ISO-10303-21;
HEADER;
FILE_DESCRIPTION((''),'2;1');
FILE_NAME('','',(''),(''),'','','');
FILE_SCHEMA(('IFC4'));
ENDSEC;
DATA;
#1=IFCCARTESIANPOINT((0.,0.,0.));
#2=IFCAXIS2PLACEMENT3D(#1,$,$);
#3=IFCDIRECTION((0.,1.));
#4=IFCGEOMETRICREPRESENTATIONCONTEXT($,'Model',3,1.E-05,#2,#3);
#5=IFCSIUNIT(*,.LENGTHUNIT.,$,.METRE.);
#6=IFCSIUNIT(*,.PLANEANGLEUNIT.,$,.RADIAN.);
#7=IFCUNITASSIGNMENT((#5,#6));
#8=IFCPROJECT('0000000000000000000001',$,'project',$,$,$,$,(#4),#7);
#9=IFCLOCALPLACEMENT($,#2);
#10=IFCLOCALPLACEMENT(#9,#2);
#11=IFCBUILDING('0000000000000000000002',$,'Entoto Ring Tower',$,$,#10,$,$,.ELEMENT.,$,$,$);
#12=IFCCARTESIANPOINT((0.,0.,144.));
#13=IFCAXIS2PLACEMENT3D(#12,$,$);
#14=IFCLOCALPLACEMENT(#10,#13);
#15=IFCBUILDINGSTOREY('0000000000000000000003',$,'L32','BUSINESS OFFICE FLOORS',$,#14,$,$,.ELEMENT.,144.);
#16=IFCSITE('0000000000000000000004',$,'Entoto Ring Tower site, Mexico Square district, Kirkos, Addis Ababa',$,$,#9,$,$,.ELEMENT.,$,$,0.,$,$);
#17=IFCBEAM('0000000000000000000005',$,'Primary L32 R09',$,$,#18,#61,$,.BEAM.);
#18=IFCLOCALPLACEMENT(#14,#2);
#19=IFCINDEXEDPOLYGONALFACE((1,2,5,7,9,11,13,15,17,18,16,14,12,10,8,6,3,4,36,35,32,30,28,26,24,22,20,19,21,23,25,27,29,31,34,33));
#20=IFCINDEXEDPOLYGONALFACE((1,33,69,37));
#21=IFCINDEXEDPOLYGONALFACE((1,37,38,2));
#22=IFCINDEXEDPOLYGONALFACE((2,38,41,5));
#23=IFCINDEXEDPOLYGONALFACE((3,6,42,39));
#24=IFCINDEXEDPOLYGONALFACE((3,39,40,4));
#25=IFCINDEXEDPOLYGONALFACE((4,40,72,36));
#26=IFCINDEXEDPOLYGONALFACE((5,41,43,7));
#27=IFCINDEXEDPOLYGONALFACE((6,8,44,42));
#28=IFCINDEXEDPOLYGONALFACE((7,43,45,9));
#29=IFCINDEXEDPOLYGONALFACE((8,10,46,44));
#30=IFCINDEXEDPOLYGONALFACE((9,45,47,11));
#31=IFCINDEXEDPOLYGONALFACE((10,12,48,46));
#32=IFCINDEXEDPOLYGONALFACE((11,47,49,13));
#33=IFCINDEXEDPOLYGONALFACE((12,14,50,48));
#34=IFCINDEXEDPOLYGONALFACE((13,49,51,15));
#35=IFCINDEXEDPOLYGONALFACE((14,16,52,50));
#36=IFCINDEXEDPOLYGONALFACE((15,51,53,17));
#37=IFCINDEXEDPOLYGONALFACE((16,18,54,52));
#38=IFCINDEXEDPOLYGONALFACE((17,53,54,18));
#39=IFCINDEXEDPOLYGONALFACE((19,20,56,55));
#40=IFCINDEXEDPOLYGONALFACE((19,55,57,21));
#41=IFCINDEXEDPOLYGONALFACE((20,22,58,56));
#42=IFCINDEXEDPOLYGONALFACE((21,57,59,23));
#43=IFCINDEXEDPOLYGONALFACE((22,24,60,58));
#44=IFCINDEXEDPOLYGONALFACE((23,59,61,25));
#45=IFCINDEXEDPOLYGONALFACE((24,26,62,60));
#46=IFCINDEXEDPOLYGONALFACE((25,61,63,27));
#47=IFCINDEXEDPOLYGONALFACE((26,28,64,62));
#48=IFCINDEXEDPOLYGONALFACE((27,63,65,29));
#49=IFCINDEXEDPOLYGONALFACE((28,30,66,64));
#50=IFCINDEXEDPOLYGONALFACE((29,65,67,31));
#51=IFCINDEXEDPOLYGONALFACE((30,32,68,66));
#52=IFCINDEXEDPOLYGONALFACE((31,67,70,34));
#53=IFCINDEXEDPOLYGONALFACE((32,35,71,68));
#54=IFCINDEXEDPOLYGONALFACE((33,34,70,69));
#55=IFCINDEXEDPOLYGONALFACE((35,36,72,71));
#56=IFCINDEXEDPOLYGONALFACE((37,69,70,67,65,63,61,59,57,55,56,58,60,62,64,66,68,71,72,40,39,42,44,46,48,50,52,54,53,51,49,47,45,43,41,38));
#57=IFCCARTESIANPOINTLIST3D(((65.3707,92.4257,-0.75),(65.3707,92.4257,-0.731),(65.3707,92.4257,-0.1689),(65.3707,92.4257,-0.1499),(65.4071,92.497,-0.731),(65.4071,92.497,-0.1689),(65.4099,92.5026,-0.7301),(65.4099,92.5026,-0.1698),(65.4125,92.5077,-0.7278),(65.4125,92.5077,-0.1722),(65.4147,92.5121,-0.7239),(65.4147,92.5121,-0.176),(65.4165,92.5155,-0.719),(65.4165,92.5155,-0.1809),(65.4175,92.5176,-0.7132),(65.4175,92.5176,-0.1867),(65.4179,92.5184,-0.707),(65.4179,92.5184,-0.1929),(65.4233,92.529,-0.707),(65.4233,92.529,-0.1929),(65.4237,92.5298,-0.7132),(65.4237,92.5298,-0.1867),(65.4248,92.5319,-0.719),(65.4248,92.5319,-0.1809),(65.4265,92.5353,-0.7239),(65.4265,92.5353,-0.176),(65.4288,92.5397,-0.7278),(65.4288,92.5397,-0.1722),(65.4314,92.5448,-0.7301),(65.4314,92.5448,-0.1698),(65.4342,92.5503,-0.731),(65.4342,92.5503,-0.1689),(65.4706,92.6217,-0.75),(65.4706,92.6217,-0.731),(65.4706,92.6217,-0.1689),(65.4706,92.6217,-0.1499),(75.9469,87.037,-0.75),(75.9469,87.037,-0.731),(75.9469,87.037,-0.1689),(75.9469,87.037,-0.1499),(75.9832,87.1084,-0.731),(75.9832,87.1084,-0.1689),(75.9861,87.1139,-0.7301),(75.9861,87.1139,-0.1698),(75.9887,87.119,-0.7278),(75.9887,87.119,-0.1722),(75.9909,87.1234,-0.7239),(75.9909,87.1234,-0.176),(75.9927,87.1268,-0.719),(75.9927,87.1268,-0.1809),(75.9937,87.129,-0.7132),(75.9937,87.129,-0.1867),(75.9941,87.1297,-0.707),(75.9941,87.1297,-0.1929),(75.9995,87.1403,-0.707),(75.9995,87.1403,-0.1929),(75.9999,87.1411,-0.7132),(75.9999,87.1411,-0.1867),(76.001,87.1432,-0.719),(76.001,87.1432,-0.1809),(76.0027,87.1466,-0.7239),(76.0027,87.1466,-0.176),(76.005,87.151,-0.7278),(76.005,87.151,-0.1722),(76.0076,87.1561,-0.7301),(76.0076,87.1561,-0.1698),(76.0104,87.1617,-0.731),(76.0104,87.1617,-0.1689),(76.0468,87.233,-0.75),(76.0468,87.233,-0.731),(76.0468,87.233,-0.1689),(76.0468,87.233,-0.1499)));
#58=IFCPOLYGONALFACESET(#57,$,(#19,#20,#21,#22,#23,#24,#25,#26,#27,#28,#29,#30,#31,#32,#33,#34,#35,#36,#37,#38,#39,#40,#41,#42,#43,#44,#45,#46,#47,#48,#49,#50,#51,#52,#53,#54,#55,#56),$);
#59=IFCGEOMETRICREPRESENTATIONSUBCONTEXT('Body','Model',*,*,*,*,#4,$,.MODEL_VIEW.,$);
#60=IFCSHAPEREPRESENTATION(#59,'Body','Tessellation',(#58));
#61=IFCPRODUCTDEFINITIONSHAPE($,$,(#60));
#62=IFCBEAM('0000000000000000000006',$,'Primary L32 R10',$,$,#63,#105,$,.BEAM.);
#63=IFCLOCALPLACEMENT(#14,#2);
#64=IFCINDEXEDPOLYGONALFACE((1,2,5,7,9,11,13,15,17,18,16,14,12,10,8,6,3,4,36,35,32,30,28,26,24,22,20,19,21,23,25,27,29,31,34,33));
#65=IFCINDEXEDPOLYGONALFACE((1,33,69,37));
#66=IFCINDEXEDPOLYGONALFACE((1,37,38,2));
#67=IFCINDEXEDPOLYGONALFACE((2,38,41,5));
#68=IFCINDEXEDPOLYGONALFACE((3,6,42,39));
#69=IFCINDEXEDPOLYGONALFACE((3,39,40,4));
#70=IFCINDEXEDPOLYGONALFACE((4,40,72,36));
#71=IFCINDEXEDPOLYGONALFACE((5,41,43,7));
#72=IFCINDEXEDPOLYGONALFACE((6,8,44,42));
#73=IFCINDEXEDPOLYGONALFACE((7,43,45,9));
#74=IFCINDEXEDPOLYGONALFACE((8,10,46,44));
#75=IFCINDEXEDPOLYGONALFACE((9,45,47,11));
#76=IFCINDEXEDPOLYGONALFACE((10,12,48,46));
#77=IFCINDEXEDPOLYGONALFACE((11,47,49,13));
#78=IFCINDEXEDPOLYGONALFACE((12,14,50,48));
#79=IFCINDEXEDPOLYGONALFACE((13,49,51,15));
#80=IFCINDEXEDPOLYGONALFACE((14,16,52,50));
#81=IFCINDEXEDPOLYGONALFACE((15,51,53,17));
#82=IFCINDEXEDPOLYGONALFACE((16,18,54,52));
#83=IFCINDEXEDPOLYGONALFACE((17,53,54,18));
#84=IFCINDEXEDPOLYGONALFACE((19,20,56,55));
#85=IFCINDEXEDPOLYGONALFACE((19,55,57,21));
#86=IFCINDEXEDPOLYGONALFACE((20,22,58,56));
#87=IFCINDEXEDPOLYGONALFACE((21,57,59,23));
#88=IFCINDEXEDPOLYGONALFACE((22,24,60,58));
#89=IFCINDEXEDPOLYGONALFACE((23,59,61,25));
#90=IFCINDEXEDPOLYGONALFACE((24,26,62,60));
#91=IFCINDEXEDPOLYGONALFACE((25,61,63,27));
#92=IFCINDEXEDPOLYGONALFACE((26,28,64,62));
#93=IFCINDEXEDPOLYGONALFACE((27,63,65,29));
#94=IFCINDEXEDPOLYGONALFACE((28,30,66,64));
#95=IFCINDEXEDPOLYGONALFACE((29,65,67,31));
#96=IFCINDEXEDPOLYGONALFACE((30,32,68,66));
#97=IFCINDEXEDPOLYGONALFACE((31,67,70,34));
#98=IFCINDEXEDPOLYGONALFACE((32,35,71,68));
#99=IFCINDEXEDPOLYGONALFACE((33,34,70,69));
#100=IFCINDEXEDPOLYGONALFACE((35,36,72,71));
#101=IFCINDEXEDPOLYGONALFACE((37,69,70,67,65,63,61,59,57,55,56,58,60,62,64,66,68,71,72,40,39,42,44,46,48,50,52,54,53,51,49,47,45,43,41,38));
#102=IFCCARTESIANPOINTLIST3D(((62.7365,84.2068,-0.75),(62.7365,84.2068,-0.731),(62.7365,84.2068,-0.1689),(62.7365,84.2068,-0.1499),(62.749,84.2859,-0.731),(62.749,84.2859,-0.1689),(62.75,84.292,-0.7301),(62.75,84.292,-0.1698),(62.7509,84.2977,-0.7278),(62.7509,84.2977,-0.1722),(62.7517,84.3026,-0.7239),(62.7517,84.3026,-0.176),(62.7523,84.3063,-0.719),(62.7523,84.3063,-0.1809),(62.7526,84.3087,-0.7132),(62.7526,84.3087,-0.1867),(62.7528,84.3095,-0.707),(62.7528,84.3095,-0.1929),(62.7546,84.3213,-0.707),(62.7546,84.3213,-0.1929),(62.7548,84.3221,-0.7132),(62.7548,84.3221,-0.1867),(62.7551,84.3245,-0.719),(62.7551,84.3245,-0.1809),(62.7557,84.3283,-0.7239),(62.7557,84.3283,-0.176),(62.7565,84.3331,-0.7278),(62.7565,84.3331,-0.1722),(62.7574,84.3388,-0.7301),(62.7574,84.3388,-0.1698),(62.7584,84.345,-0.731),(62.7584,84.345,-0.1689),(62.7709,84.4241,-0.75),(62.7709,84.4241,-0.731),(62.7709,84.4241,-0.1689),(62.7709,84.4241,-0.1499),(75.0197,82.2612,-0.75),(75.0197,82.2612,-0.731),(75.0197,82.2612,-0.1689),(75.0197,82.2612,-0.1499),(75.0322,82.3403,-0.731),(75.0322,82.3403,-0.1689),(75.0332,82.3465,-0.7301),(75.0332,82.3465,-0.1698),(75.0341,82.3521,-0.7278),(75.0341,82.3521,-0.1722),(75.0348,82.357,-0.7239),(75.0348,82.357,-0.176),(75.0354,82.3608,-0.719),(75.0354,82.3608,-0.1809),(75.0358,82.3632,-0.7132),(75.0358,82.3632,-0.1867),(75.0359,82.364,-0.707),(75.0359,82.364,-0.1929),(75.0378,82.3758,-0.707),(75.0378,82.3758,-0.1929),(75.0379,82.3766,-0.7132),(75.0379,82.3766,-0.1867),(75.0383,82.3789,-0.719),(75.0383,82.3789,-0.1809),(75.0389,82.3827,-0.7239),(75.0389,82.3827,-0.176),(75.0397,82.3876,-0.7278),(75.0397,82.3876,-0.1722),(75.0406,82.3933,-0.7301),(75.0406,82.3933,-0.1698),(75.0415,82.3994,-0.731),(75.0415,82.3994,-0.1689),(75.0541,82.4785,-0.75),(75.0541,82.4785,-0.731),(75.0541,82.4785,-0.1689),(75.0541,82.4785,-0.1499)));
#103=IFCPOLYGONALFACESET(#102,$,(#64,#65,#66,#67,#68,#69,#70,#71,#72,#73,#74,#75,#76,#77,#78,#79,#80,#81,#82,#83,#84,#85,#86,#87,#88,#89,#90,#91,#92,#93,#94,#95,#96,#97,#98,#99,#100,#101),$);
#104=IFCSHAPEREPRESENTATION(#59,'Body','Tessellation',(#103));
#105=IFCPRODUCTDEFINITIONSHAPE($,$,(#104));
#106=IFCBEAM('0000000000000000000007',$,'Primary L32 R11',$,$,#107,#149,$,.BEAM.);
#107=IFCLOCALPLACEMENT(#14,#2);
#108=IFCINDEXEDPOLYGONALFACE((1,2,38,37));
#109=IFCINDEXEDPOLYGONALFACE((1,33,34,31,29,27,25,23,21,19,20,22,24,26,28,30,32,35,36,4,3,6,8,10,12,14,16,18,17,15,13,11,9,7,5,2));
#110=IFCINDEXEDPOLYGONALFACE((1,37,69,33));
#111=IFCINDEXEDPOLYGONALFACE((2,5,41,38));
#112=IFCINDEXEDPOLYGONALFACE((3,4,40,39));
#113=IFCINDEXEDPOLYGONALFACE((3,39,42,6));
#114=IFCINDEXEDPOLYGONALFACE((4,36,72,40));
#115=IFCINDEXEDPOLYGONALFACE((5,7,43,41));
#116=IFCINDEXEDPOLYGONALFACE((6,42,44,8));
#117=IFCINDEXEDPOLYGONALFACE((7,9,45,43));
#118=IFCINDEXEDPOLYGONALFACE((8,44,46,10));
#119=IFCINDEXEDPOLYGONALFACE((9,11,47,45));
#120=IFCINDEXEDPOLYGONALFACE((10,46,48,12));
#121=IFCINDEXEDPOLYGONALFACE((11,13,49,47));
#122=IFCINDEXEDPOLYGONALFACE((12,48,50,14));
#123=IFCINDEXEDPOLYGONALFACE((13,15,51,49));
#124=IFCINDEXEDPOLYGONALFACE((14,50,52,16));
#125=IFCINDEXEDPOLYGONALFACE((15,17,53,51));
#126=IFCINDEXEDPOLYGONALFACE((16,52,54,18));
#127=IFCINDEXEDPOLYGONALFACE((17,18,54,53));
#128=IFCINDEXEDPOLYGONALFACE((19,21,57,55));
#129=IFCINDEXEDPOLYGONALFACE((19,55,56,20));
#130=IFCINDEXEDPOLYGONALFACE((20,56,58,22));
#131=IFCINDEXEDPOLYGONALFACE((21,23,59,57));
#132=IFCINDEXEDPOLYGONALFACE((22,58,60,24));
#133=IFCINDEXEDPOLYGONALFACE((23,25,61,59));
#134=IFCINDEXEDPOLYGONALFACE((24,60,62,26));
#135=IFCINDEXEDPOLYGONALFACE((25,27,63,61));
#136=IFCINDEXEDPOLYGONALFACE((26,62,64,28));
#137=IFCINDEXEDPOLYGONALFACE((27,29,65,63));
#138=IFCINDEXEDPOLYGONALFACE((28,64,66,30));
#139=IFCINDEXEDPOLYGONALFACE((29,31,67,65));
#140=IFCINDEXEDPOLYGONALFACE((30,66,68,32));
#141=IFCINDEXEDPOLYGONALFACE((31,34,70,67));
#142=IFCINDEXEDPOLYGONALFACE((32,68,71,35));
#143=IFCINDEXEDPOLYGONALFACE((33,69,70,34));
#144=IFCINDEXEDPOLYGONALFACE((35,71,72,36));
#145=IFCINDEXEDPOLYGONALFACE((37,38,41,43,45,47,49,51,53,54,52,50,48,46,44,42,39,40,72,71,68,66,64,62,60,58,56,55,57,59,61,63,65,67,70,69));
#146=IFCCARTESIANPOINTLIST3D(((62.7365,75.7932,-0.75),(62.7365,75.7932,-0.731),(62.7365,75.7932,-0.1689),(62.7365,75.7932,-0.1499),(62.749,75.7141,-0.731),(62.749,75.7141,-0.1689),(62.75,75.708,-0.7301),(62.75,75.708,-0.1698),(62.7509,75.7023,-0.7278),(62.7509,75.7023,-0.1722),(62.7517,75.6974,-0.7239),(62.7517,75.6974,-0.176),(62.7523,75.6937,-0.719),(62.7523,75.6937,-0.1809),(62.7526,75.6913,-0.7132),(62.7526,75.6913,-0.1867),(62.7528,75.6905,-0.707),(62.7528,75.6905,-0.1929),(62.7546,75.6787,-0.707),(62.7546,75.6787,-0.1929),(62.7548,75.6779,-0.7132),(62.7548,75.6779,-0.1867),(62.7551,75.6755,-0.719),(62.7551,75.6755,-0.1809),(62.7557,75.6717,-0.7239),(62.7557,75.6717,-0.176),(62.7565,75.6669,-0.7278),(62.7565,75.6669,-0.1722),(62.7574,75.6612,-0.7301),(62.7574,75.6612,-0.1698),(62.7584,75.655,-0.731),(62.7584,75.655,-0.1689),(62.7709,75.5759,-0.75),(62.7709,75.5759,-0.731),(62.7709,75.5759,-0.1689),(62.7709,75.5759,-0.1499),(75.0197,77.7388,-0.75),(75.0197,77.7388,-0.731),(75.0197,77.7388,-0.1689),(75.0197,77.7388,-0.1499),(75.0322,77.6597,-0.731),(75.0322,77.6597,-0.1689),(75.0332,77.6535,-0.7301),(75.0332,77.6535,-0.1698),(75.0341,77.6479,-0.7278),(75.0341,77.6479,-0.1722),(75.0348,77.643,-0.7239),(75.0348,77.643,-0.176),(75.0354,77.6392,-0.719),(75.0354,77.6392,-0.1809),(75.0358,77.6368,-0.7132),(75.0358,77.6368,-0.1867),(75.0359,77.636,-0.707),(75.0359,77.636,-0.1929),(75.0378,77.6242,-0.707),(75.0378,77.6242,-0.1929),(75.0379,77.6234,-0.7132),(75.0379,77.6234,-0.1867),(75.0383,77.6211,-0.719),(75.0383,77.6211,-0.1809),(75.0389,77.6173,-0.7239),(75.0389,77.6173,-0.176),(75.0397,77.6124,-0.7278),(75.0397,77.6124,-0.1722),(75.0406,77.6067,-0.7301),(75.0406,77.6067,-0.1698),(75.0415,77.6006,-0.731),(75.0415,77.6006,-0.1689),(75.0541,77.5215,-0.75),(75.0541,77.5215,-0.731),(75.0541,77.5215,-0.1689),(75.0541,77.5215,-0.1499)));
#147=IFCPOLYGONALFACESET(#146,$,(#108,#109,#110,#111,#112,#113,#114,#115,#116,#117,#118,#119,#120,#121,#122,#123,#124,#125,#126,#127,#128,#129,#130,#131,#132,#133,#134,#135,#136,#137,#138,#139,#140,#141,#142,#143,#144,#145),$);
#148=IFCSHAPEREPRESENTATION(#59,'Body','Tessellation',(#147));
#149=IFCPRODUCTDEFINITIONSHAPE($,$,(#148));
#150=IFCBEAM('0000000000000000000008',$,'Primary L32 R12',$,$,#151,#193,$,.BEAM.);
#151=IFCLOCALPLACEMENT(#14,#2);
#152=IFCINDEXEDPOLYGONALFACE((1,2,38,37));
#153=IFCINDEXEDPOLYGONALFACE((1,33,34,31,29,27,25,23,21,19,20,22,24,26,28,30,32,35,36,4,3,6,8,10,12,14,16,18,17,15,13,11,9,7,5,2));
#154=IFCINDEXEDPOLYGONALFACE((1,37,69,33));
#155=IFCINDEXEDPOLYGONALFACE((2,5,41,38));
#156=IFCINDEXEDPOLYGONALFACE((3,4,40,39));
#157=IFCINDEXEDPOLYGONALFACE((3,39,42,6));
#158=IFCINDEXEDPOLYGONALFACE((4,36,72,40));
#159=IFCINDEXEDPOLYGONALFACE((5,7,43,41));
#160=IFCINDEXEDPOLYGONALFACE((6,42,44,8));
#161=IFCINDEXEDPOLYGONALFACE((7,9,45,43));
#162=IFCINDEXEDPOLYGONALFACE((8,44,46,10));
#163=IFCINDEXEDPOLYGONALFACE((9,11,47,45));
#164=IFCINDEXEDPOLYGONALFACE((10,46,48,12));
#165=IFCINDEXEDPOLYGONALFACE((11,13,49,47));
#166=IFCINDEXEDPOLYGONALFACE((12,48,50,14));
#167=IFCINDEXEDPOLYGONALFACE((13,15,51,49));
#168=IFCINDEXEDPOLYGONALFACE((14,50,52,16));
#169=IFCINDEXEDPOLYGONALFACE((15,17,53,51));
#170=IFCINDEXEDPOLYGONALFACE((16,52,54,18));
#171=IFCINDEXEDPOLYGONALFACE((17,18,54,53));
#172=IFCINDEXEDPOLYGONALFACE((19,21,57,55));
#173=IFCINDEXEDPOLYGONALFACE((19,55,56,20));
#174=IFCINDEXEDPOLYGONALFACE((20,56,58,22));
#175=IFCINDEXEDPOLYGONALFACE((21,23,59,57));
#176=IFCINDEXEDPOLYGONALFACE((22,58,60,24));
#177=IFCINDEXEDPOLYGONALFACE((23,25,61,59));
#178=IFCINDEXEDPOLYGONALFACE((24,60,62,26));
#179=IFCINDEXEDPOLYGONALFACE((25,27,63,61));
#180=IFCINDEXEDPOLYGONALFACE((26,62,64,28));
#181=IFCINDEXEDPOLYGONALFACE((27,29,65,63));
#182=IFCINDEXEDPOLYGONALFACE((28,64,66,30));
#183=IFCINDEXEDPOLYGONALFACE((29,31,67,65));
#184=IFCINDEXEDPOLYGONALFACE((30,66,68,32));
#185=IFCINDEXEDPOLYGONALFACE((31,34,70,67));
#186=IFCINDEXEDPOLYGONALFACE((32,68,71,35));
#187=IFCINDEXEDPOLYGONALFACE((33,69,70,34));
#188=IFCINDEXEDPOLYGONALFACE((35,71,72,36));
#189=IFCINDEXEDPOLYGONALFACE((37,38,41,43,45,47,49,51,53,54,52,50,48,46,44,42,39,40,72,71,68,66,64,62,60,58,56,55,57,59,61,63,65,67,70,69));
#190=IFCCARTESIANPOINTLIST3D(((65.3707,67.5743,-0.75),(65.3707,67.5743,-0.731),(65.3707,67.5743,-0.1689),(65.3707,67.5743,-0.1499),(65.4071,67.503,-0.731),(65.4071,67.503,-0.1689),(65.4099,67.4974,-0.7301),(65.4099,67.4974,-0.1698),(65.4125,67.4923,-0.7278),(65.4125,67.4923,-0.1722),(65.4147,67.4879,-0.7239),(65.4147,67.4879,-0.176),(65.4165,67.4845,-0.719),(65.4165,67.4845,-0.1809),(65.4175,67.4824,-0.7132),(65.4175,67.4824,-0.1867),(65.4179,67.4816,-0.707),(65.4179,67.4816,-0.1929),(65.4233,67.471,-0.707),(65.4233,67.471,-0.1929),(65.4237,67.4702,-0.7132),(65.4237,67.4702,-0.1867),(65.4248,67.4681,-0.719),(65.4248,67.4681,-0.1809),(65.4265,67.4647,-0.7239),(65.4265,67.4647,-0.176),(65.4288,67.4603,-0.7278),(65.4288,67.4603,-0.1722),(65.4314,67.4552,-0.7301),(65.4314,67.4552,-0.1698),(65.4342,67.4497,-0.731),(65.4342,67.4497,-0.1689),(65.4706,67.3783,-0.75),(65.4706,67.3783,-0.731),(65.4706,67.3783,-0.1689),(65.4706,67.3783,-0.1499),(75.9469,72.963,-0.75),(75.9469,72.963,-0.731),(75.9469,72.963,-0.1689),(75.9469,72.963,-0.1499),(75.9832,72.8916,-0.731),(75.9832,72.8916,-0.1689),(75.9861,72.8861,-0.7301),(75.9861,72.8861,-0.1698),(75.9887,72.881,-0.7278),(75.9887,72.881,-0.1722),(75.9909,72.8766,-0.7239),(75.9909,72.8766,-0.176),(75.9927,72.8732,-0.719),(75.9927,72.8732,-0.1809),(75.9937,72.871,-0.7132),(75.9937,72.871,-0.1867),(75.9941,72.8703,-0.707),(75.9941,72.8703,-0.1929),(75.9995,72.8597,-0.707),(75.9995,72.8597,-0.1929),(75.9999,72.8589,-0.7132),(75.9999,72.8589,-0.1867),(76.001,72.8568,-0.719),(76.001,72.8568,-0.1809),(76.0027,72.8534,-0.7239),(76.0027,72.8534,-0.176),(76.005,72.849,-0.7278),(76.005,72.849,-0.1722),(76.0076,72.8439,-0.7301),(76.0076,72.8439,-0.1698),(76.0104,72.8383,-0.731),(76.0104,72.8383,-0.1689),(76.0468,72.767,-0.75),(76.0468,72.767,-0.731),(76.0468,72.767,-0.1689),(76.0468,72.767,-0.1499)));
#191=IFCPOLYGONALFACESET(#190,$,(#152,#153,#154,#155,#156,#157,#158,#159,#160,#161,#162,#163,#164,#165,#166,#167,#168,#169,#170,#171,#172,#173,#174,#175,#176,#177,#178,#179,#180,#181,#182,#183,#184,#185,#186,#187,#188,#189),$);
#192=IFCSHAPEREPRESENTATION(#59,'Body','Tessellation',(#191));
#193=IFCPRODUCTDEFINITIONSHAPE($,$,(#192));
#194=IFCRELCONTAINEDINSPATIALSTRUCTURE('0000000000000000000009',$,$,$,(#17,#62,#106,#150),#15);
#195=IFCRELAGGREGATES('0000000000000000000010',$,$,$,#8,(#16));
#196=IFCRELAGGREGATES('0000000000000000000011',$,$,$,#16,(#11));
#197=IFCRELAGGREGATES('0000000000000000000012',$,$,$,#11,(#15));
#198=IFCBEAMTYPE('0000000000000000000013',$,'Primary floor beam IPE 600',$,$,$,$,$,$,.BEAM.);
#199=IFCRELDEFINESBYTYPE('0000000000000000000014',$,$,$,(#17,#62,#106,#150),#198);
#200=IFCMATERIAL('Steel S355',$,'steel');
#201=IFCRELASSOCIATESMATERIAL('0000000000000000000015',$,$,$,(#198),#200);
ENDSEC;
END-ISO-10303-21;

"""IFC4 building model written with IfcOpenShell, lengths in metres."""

from ifc_helpers import new_model, si_unit, direction, frame, origin, origin_2d, place, context, subcontext, project, spatial, i_section, extrude, material, material_profile, profile_set, type_object, element, save


model = new_model("IFC4")

# Units and contexts
model_context = context("Model", 3, precision=1e-05, world=origin(), true_north=direction((0.0, 1.0)))
body_context = subcontext(model_context, "Body", "Model", "MODEL_VIEW")
ifc_project = project(units=[si_unit("LENGTHUNIT", "METRE"), si_unit("PLANEANGLEUNIT", "RADIAN")], contexts=[model_context])

# Site, building, storey
site_placement = place(None, origin())
site = spatial("IfcSite", under=ifc_project, at=site_placement, Name="Entoto Ring Tower site, Mexico Square district, Kirkos, Addis Ababa", CompositionType="ELEMENT", RefElevation=0.0)
building_placement = place(site_placement, origin())
building = spatial("IfcBuilding", under=site, at=building_placement, Name="Entoto Ring Tower", CompositionType="ELEMENT")
storey_placement = place(building_placement, frame((0.0, 0.0, 144.0)))
storey = spatial("IfcBuildingStorey", under=building, at=storey_placement, Name="L32", Description="BUSINESS OFFICE FLOORS", CompositionType="ELEMENT", Elevation=144.0)

# Beams
ifc_material_1 = material(Name="Steel S355", Category="steel")
ifc_material_profile_1 = material_profile(ifc_material_1, i_section(OverallWidth=0.22, OverallDepth=0.6001, WebThickness=0.012, FlangeThickness=0.019, FilletRadius=0.0239, at=origin_2d()), Name="IPE 600")
ifc_profile_set_1 = profile_set([ifc_material_profile_1], Name="Steel S355")
beam_type_1 = type_object("IfcBeamType", Name="Primary floor beam IPE 600", PredefinedType="BEAM", material=ifc_profile_set_1)
beam_1_placement = place(storey_placement, frame((75.9968, 87.135, -0.45), z_axis=(-0.891012, 0.45398, 0.0), x_axis=(-0.45398, -0.891012, 0.0)))
element("IfcBeam", 1, at=beam_1_placement, inside=storey, type_object=beam_type_1, Name="Primary L32 R09", PredefinedType="BEAM", context=body_context, shape_type="SweptSolid", body=[
    extrude(i_section(OverallWidth=0.22, OverallDepth=0.6001, WebThickness=0.012, FlangeThickness=0.019, FilletRadius=0.0239, at=origin_2d()), origin(), (0.0, 0.0, 1.0), 11.8699),
])
for number, where, z_axis, x_axis, name in (
    (2, (75.0369, 82.3699, -0.45), (-0.987687, 0.156441, 0.0), (-0.156441, -0.987687, 0.0), "Primary L32 R10"),
    (3, (75.0369, 77.6301, -0.45), (-0.987687, -0.156441, 0.0), (0.156441, -0.987687, 0.0), "Primary L32 R11"),
):
    element("IfcBeam", number, at=place(storey_placement, frame(where, z_axis=z_axis, x_axis=x_axis)), inside=storey, type_object=beam_type_1, Name=name, PredefinedType="BEAM", context=body_context, shape_type="SweptSolid", body=[
        extrude(i_section(OverallWidth=0.22, OverallDepth=0.6001, WebThickness=0.012, FlangeThickness=0.019, FilletRadius=0.0239, at=origin_2d()), origin(), (0.0, 0.0, 1.0), 12.4363),
    ])
beam_2_placement = place(storey_placement, frame((75.9968, 72.865, -0.45), z_axis=(-0.891012, -0.45398, 0.0), x_axis=(0.45398, -0.891012, 0.0)))
element("IfcBeam", 4, at=beam_2_placement, inside=storey, type_object=beam_type_1, Name="Primary L32 R12", PredefinedType="BEAM", context=body_context, shape_type="SweptSolid", body=[
    extrude(i_section(OverallWidth=0.22, OverallDepth=0.6001, WebThickness=0.012, FlangeThickness=0.019, FilletRadius=0.0239, at=origin_2d()), origin(), (0.0, 0.0, 1.0), 11.8699),
])

save(model, "model.ifc")
